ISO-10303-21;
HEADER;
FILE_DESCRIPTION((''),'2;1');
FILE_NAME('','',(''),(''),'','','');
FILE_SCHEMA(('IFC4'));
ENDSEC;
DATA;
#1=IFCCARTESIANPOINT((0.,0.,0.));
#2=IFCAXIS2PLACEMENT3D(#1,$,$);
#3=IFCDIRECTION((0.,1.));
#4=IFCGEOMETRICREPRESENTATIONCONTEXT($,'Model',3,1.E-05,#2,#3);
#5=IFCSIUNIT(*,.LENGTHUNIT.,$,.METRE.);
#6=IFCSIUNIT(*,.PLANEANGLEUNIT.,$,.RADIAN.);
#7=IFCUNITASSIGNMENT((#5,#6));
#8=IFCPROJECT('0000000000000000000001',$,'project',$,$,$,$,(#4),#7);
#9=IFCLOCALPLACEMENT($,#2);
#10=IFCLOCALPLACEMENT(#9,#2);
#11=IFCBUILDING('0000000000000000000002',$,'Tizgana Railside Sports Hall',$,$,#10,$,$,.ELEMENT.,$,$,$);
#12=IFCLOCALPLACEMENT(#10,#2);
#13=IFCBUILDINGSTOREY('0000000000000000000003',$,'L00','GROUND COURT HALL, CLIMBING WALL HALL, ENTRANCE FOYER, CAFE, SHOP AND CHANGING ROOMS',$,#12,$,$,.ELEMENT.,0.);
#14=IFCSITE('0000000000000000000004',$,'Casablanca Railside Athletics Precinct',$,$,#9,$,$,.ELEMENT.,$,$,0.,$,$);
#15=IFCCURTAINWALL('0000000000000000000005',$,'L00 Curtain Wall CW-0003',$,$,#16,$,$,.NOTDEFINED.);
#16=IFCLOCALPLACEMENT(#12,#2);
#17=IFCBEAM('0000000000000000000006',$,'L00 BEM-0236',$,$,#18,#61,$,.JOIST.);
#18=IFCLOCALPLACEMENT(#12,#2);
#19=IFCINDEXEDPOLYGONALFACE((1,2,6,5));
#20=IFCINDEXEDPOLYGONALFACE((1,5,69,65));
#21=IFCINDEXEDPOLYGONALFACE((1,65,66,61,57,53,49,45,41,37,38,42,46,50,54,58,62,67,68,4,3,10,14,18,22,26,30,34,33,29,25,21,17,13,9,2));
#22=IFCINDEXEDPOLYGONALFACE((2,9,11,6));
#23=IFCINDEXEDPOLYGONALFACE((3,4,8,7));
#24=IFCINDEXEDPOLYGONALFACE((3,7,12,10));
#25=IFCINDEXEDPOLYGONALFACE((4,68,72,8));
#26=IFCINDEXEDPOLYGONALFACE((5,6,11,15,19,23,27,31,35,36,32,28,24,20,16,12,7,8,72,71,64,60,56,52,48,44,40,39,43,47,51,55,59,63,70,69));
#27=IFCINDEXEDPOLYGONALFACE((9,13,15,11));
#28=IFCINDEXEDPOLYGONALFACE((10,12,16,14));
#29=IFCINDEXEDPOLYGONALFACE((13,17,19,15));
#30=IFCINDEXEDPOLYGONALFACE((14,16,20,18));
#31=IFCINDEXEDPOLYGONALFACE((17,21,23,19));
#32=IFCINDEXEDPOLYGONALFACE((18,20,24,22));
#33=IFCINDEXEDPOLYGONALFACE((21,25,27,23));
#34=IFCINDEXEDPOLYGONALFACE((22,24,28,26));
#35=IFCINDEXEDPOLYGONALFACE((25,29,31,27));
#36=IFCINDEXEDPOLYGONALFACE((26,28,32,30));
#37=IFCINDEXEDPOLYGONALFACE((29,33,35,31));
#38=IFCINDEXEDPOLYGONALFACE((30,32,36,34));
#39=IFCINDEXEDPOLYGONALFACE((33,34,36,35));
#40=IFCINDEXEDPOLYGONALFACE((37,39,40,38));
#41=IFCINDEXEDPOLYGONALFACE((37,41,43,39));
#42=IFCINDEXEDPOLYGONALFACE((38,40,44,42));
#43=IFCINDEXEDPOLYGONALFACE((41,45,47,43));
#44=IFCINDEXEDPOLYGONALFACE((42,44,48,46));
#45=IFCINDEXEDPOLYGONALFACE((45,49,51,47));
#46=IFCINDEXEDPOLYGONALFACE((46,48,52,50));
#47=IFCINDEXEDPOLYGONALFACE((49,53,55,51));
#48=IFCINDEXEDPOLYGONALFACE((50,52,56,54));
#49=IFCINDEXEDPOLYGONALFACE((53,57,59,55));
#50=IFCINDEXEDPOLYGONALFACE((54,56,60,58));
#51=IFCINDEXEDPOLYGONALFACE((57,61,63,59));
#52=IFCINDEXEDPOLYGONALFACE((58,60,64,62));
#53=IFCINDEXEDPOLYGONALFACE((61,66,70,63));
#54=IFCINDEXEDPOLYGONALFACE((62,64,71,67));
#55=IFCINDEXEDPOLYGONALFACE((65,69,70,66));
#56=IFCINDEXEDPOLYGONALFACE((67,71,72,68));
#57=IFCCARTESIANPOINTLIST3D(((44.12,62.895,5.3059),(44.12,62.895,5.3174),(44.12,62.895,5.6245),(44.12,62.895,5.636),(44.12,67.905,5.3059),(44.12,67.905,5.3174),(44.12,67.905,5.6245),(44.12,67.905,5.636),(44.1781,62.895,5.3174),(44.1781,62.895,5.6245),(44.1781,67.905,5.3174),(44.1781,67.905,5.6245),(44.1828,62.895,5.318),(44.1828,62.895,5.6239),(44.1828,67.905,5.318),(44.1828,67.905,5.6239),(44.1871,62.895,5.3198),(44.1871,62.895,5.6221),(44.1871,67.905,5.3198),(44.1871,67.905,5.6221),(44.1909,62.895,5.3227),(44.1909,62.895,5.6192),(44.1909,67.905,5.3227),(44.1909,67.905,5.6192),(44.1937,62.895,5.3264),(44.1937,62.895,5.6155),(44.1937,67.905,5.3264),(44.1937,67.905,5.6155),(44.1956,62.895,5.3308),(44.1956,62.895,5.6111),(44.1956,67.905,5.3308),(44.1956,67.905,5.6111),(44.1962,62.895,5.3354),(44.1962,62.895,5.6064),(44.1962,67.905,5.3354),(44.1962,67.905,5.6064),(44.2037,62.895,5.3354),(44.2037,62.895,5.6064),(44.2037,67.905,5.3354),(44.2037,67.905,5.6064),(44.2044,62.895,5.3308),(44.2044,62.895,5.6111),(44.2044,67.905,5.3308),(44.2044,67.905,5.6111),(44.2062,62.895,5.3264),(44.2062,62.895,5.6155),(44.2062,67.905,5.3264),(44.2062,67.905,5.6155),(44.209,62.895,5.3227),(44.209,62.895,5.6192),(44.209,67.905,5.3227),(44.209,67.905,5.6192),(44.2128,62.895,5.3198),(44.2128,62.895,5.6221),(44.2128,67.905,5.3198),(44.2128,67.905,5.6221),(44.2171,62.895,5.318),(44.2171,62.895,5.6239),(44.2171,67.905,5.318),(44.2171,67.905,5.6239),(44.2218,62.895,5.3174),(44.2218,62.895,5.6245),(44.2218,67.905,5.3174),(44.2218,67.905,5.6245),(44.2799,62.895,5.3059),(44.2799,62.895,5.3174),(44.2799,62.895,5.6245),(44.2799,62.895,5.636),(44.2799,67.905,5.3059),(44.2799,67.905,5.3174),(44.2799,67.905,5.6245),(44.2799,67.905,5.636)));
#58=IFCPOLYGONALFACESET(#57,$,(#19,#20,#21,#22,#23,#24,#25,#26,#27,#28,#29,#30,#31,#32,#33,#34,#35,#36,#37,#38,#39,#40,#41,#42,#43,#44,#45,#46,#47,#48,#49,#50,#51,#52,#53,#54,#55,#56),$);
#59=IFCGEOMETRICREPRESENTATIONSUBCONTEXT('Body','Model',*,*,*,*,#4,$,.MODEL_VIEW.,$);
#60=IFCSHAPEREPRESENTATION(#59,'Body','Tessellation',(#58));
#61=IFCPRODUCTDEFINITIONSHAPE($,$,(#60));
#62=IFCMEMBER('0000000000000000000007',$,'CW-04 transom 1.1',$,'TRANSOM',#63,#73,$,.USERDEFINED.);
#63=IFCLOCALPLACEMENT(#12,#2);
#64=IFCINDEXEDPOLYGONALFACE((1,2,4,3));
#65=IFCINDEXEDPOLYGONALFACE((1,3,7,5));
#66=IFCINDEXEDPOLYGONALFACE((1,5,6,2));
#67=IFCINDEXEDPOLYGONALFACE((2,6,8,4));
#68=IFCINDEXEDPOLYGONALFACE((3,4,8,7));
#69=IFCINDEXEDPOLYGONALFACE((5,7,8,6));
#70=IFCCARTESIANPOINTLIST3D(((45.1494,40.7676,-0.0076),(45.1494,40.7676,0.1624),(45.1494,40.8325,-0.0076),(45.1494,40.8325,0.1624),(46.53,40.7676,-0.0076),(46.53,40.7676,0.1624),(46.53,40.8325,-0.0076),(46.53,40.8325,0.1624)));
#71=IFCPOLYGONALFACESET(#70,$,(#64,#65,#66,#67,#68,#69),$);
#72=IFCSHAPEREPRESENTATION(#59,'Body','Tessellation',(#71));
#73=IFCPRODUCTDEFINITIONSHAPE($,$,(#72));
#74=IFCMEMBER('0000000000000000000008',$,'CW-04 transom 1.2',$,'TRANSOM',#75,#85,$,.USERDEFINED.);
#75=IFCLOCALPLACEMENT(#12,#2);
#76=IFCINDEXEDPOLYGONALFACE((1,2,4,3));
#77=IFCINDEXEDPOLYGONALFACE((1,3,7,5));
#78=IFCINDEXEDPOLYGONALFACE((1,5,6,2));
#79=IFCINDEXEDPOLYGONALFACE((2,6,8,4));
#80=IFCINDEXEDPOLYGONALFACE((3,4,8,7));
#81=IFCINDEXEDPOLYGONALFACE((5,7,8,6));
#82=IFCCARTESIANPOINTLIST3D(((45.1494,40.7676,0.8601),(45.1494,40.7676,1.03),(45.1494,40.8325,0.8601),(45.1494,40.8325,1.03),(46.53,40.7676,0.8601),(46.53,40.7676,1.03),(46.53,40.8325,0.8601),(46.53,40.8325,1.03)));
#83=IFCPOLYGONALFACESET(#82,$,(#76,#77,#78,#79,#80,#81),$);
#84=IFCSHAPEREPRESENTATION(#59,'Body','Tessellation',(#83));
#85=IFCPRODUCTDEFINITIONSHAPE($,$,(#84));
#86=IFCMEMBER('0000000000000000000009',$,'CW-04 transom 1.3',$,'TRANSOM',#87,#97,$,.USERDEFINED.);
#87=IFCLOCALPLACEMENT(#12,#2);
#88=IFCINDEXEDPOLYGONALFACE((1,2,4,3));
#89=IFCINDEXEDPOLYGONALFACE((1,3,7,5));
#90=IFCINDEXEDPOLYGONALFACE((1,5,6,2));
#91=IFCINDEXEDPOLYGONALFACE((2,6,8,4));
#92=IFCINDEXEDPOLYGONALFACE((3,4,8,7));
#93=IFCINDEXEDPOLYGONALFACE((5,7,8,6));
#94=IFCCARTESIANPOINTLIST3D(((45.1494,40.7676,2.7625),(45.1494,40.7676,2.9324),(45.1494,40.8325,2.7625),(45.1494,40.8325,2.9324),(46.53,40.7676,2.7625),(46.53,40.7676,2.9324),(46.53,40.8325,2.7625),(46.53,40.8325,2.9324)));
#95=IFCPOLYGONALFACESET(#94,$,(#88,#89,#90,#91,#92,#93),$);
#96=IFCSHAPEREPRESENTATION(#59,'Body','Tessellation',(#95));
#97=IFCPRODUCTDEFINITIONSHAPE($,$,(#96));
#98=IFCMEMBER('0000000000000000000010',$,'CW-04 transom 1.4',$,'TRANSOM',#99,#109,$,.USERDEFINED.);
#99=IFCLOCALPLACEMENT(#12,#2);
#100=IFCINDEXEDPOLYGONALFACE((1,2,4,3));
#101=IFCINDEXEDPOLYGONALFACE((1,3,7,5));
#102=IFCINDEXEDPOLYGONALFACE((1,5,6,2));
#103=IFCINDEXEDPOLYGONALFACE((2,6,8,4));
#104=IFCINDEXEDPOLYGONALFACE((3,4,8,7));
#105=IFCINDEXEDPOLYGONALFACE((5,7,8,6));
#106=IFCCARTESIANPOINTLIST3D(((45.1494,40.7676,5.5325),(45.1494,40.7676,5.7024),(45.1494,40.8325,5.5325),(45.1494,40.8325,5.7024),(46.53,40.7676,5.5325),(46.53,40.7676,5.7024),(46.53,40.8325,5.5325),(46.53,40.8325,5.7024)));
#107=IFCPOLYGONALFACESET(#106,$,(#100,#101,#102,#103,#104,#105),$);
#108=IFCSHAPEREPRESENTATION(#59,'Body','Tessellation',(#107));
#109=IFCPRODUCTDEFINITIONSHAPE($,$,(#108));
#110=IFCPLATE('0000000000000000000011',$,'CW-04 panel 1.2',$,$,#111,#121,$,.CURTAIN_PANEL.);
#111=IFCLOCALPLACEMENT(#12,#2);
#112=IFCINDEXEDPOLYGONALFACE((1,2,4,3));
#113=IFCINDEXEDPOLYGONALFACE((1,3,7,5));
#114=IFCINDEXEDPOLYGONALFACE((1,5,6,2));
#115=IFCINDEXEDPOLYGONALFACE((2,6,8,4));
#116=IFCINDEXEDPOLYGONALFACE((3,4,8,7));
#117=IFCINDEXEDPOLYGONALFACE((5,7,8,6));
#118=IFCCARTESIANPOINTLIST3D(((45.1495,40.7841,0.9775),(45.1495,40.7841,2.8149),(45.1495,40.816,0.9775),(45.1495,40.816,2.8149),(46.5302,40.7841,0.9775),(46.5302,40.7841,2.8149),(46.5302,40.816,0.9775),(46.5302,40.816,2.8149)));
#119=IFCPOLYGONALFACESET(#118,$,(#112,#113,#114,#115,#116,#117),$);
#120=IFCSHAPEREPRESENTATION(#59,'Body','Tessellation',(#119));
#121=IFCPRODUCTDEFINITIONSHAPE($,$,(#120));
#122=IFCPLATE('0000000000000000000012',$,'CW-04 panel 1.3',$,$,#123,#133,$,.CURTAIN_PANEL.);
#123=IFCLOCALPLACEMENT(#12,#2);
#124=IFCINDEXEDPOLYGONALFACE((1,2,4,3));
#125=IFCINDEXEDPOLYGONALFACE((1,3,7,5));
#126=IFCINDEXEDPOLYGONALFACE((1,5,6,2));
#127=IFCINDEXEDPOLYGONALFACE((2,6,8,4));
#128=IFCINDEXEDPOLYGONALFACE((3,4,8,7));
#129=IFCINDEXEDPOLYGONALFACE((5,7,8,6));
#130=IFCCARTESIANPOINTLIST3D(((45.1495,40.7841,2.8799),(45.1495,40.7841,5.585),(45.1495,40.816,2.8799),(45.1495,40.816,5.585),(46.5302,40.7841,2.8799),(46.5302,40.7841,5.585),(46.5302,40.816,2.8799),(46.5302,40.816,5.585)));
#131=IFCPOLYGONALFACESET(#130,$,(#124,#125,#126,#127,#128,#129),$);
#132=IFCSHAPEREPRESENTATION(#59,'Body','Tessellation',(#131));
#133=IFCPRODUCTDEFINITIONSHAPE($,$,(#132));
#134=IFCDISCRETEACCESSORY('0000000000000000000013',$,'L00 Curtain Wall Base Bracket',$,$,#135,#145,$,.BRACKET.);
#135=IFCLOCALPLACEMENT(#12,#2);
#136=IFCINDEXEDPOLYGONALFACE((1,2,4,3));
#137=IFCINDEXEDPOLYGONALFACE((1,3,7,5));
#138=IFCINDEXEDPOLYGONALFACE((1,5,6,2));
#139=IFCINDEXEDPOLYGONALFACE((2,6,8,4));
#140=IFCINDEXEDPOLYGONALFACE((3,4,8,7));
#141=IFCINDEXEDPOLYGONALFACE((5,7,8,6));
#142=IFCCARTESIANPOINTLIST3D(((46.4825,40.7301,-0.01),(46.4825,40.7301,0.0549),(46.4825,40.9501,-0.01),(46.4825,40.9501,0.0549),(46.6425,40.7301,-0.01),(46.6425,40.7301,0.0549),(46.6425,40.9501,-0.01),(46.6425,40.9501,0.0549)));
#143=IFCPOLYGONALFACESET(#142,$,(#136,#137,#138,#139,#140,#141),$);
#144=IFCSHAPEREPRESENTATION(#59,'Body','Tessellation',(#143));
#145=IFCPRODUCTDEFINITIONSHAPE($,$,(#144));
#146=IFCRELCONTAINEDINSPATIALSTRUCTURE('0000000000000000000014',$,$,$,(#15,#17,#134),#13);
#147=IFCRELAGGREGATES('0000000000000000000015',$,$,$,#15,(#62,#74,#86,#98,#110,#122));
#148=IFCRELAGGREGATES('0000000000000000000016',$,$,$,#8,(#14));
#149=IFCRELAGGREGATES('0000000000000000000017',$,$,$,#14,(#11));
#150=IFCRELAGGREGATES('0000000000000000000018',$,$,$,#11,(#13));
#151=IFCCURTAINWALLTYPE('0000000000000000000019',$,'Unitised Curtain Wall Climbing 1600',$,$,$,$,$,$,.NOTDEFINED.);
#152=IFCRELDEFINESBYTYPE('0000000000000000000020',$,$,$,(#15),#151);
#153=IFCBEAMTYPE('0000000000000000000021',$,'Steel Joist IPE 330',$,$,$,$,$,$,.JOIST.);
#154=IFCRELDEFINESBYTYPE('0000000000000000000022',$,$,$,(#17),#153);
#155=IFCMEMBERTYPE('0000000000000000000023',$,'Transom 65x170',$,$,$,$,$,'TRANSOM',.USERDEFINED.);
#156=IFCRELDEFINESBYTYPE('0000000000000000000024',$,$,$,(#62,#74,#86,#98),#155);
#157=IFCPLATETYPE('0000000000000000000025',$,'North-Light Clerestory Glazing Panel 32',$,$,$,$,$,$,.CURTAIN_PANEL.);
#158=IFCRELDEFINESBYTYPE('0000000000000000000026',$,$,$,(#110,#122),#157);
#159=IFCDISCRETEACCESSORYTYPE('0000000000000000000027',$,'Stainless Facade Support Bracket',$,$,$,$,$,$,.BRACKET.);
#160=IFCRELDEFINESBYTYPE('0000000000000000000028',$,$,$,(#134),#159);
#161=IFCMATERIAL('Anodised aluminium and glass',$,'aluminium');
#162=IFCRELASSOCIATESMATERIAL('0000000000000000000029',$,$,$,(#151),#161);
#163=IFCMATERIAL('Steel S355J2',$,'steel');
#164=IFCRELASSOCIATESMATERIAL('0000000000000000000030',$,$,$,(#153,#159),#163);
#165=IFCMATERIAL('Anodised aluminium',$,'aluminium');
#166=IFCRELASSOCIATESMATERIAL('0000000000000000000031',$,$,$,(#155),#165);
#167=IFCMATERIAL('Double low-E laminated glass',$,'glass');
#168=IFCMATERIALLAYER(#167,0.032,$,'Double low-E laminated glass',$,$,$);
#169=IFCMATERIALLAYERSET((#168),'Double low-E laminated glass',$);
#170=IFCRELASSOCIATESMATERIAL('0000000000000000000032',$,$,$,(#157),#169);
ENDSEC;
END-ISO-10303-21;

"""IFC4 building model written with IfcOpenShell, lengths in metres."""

from ifc_helpers import new_model, si_unit, direction, frame, origin, origin_2d, place, context, subcontext, project, spatial, rectangle, i_section, extrude, material, layer, layer_set, material_profile, profile_set, type_object, element, aggregate, save


model = new_model("IFC4")

# Units and contexts
model_context = context("Model", 3, precision=1e-05, world=origin(), true_north=direction((0.0, 1.0)))
body_context = subcontext(model_context, "Body", "Model", "MODEL_VIEW")
ifc_project = project(units=[si_unit("LENGTHUNIT", "METRE"), si_unit("PLANEANGLEUNIT", "RADIAN")], contexts=[model_context])

# Site, building, storey
site_placement = place(None, origin())
site = spatial("IfcSite", under=ifc_project, at=site_placement, Name="Casablanca Railside Athletics Precinct", CompositionType="ELEMENT", RefElevation=0.0)
building_placement = place(site_placement, origin())
building = spatial("IfcBuilding", under=site, at=building_placement, Name="Tizgana Railside Sports Hall", CompositionType="ELEMENT")
storey_placement = place(building_placement, origin())
storey = spatial("IfcBuildingStorey", under=building, at=storey_placement, Name="L00", Description="GROUND COURT HALL, CLIMBING WALL HALL, ENTRANCE FOYER, CAFE, SHOP AND CHANGING ROOMS", CompositionType="ELEMENT", Elevation=0.0)

# Shared definitions
ifc_material_1 = material(Name="Steel S355J2", Category="steel")

# Curtain wall
ifc_material_2 = material(Name="Anodised aluminium and glass", Category="aluminium")
curtain_wall_type = type_object("IfcCurtainWallType", Name="Unitised Curtain Wall Climbing 1600", PredefinedType="NOTDEFINED", material=ifc_material_2)
curtain_wall_placement = place(storey_placement, origin())
curtain_wall = element("IfcCurtainWall", 1, at=curtain_wall_placement, inside=storey, type_object=curtain_wall_type, Name="L00 Curtain Wall CW-0003", PredefinedType="NOTDEFINED")
ifc_material_3 = material(Name="Anodised aluminium", Category="aluminium")

# Beam
ifc_material_profile_1 = material_profile(ifc_material_1, i_section(OverallWidth=0.1599, OverallDepth=0.3301, WebThickness=0.0076, FlangeThickness=0.0115, FilletRadius=0.0181, at=origin_2d()), Name="IPE 330")
ifc_profile_set_1 = profile_set([ifc_material_profile_1], Name="Steel S355J2")
beam_type_1 = type_object("IfcBeamType", Name="Steel Joist IPE 330", PredefinedType="JOIST", material=ifc_profile_set_1)
beam_1_placement = place(storey_placement, frame((44.2, 62.895, 5.4709), z_axis=(0.0, 1.0, 0.0), x_axis=(-1.0, 0.0, 0.0)))
element("IfcBeam", 2, at=beam_1_placement, inside=storey, type_object=beam_type_1, Name="L00 BEM-0236", PredefinedType="JOIST", context=body_context, shape_type="SweptSolid", body=[
    extrude(i_section(OverallWidth=0.1599, OverallDepth=0.3301, WebThickness=0.0076, FlangeThickness=0.0115, FilletRadius=0.0181, at=origin_2d()), origin(), (0.0, 0.0, 1.0), 5.01),
])

# Members
ifc_material_profile_2 = material_profile(ifc_material_3, rectangle(XDim=0.0649, YDim=0.1699, at=origin_2d()), Name="Transom 65x170")
ifc_profile_set_2 = profile_set([ifc_material_profile_2], Name="Anodised aluminium")
member_type_1 = type_object("IfcMemberType", Name="Transom 65x170", ElementType="TRANSOM", PredefinedType="USERDEFINED", material=ifc_profile_set_2)
member_1_placement = place(storey_placement, frame((46.53, 40.8, 0.0774), z_axis=(-1.0, 0.0, 0.0), x_axis=(0.0, -1.0, 0.0)))
member_1 = element("IfcMember", 3, at=member_1_placement, type_object=member_type_1, Name="CW-04 transom 1.1", ObjectType="TRANSOM", PredefinedType="USERDEFINED", context=body_context, shape_type="SweptSolid", body=[
    extrude(rectangle(XDim=0.0649, YDim=0.1699, at=origin_2d()), origin(), (0.0, 0.0, 1.0), 1.3806),
])
member_2_placement = place(storey_placement, frame((46.53, 40.8, 0.9451), z_axis=(-1.0, 0.0, 0.0), x_axis=(0.0, -1.0, 0.0)))
member_2 = element("IfcMember", 4, at=member_2_placement, type_object=member_type_1, Name="CW-04 transom 1.2", ObjectType="TRANSOM", PredefinedType="USERDEFINED", context=body_context, shape_type="SweptSolid", body=[
    extrude(rectangle(XDim=0.0649, YDim=0.1699, at=origin_2d()), origin(), (0.0, 0.0, 1.0), 1.3806),
])
member_3_placement = place(storey_placement, frame((46.53, 40.8, 2.8474), z_axis=(-1.0, 0.0, 0.0), x_axis=(0.0, -1.0, 0.0)))
member_3 = element("IfcMember", 5, at=member_3_placement, type_object=member_type_1, Name="CW-04 transom 1.3", ObjectType="TRANSOM", PredefinedType="USERDEFINED", context=body_context, shape_type="SweptSolid", body=[
    extrude(rectangle(XDim=0.0649, YDim=0.1699, at=origin_2d()), origin(), (0.0, 0.0, 1.0), 1.3806),
])
member_4_placement = place(storey_placement, frame((46.53, 40.8, 5.6174), z_axis=(-1.0, 0.0, 0.0), x_axis=(0.0, -1.0, 0.0)))
member_4 = element("IfcMember", 6, at=member_4_placement, type_object=member_type_1, Name="CW-04 transom 1.4", ObjectType="TRANSOM", PredefinedType="USERDEFINED", context=body_context, shape_type="SweptSolid", body=[
    extrude(rectangle(XDim=0.0649, YDim=0.1699, at=origin_2d()), origin(), (0.0, 0.0, 1.0), 1.3806),
])

# Plates
ifc_material_4 = material(Name="Double low-E laminated glass", Category="glass")
ifc_layer = layer(ifc_material_4, 0.032, Name="Double low-E laminated glass")
ifc_layer_set = layer_set([ifc_layer], Name="Double low-E laminated glass")
plate_type = type_object("IfcPlateType", Name="North-Light Clerestory Glazing Panel 32", PredefinedType="CURTAIN_PANEL", material=ifc_layer_set)
plate_1_placement = place(storey_placement, frame((45.8398, 40.8, 0.9775), z_axis=(0.0, 0.0, 1.0), x_axis=(-1.0, 0.0, 0.0)))
plate_1 = element("IfcPlate", 7, at=plate_1_placement, type_object=plate_type, Name="CW-04 panel 1.2", PredefinedType="CURTAIN_PANEL", context=body_context, shape_type="SweptSolid", body=[
    extrude(rectangle(XDim=1.3806, YDim=0.032, at=origin_2d()), origin(), (0.0, 0.0, 1.0), 1.8374),
])
plate_2_placement = place(storey_placement, frame((45.8398, 40.8, 2.8799), z_axis=(0.0, 0.0, 1.0), x_axis=(-1.0, 0.0, 0.0)))
plate_2 = element("IfcPlate", 8, at=plate_2_placement, type_object=plate_type, Name="CW-04 panel 1.3", PredefinedType="CURTAIN_PANEL", context=body_context, shape_type="SweptSolid", body=[
    extrude(rectangle(XDim=1.3806, YDim=0.032, at=origin_2d()), origin(), (0.0, 0.0, 1.0), 2.7051),
])
aggregate(curtain_wall, [member_1, member_2, member_3, member_4, plate_1, plate_2])

# Discrete accessory
discrete_accessory_type = type_object("IfcDiscreteAccessoryType", Name="Stainless Facade Support Bracket", PredefinedType="BRACKET", material=ifc_material_1)
discrete_accessory_placement = place(storey_placement, frame((46.5625, 40.8401, -0.01), z_axis=(0.0, 0.0, 1.0), x_axis=(-1.0, 0.0, 0.0)))
element("IfcDiscreteAccessory", 9, at=discrete_accessory_placement, inside=storey, type_object=discrete_accessory_type, Name="L00 Curtain Wall Base Bracket", PredefinedType="BRACKET", context=body_context, shape_type="SweptSolid", body=[
    extrude(rectangle(XDim=0.1599, YDim=0.22, at=origin_2d()), origin(), (0.0, 0.0, 1.0), 0.0649),
])

save(model, "model.ifc")
